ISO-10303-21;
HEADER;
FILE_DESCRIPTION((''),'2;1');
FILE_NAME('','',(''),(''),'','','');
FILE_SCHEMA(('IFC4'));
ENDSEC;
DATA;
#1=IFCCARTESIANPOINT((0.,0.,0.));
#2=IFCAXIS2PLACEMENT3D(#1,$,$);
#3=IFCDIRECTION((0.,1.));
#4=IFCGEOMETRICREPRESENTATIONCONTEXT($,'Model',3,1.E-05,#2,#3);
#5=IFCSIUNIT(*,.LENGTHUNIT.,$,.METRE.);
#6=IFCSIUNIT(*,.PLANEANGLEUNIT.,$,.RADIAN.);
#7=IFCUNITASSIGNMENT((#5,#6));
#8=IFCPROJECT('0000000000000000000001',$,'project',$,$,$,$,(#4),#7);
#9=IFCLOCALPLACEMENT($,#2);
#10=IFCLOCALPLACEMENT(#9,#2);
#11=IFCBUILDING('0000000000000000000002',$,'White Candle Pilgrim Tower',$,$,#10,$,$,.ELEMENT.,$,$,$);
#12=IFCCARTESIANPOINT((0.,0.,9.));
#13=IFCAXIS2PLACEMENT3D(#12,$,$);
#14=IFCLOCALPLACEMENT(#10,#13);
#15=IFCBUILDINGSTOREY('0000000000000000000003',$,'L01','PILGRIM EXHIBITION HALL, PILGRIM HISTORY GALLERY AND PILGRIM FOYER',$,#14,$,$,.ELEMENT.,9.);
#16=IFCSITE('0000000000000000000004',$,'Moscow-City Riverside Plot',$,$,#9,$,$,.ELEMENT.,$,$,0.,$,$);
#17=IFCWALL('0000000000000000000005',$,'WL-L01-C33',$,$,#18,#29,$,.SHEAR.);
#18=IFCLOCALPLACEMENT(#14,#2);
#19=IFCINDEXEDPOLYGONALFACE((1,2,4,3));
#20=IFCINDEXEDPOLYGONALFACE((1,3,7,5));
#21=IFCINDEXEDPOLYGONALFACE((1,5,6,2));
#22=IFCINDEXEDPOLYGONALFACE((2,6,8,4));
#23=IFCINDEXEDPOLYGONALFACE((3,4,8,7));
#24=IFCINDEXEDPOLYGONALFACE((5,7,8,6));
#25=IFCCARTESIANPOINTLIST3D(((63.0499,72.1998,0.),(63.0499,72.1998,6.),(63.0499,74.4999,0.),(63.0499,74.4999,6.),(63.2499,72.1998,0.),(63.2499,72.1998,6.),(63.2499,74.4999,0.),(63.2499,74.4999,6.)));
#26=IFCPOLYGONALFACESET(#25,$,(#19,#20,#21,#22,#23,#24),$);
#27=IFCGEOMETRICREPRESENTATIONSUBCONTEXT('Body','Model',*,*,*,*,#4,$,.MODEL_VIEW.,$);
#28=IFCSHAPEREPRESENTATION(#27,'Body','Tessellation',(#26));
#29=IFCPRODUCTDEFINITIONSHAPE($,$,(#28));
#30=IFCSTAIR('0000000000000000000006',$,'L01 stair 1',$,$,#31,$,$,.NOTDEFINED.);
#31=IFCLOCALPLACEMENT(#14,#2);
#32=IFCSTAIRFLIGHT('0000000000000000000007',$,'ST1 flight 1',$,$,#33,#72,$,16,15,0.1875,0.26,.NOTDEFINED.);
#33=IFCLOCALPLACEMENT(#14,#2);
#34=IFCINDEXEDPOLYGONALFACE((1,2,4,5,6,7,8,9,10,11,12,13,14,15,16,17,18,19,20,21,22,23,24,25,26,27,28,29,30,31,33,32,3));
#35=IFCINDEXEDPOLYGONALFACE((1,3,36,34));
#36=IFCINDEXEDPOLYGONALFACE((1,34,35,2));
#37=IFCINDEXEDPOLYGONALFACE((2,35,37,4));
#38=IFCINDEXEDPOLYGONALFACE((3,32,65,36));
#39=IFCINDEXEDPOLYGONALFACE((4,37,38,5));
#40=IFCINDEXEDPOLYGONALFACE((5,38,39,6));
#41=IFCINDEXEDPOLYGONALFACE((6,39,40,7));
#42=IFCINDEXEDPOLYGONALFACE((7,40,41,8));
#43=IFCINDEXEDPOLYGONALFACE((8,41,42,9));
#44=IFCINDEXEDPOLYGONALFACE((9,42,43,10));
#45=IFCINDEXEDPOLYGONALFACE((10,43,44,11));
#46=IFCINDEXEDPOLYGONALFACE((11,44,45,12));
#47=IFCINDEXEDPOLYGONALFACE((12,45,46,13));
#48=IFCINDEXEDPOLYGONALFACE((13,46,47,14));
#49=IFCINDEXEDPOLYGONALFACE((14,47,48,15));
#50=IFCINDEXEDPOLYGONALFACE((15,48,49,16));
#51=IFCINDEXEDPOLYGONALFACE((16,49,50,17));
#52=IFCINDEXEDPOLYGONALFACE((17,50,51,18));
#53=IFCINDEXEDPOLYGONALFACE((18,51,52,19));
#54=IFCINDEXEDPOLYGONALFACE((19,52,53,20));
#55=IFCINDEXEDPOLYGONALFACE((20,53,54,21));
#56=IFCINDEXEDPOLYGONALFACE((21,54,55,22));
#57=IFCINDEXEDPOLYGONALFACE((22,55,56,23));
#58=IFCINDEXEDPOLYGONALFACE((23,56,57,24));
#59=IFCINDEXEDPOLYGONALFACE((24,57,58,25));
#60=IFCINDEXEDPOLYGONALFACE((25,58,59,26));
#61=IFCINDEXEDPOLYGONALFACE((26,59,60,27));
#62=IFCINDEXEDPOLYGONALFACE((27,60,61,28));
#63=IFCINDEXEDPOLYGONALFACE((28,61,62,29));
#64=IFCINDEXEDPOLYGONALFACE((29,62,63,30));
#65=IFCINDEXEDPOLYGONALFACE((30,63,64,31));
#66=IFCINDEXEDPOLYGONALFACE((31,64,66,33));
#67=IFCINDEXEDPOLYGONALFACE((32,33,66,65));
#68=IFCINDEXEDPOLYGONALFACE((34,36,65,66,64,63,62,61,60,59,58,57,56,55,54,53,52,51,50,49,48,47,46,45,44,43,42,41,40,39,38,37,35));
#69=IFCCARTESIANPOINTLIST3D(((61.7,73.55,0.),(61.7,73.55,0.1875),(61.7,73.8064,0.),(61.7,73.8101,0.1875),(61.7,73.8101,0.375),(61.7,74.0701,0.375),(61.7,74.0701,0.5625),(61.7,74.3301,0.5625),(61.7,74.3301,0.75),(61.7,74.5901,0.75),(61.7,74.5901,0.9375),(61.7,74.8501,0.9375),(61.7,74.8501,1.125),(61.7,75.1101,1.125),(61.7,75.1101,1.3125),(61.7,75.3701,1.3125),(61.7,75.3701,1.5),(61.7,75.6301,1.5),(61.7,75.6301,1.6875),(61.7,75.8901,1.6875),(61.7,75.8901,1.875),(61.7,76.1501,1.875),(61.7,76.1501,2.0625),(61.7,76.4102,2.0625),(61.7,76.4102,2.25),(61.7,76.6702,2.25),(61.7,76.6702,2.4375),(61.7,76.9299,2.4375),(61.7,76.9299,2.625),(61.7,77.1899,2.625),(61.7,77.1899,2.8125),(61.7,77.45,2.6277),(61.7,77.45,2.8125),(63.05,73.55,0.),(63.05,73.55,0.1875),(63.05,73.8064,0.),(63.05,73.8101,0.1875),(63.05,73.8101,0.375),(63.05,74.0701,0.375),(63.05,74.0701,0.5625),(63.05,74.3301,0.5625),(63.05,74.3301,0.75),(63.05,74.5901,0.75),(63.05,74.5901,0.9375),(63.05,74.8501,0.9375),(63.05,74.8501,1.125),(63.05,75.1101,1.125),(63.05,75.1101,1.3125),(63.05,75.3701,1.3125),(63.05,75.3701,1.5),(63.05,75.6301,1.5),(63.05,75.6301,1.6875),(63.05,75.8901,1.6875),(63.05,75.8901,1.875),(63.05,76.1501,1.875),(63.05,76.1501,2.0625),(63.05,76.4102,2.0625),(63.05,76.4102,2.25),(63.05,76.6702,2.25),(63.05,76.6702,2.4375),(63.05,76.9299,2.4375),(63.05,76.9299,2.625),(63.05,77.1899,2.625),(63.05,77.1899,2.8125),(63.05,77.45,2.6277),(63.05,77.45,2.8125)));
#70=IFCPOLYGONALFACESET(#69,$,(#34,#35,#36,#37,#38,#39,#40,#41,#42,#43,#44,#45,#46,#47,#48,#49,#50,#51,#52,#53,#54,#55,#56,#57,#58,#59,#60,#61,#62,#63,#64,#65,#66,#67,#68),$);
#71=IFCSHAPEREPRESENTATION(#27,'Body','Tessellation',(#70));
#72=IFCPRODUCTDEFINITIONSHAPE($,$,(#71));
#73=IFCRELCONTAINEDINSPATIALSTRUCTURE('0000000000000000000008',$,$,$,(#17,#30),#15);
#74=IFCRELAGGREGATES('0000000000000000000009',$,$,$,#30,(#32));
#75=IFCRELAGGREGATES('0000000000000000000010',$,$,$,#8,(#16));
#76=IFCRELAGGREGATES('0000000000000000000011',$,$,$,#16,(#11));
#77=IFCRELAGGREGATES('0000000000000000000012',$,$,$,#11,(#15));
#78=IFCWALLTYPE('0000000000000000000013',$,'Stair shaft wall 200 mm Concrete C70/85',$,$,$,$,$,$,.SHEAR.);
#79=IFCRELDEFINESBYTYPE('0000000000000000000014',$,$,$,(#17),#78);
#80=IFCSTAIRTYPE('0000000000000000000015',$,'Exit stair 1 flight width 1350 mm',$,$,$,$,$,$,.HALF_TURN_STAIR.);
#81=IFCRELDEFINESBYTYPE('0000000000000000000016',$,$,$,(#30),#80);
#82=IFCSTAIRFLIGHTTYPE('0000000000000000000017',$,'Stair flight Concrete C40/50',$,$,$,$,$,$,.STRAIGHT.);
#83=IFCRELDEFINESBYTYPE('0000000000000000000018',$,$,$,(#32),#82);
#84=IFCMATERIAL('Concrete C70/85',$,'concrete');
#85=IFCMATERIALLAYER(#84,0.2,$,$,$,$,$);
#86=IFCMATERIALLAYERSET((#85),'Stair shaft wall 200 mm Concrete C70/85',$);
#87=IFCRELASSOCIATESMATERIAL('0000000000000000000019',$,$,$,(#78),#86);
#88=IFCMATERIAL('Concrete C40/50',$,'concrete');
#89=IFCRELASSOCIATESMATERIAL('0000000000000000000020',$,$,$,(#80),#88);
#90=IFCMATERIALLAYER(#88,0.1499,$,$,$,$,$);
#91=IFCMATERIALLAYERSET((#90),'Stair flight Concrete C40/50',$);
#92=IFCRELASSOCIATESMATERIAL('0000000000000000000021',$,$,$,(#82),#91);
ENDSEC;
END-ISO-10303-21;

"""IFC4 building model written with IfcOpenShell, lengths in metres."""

from ifc_helpers import new_model, si_unit, direction, frame, frame_2d, origin, place, context, subcontext, project, spatial, polyline, rectangle, outline, extrude, material, layer, layer_set, type_object, element, aggregate, save


model = new_model("IFC4")

# Units and contexts
model_context = context("Model", 3, precision=1e-05, world=origin(), true_north=direction((0.0, 1.0)))
body_context = subcontext(model_context, "Body", "Model", "MODEL_VIEW")
ifc_project = project(units=[si_unit("LENGTHUNIT", "METRE"), si_unit("PLANEANGLEUNIT", "RADIAN")], contexts=[model_context])

# Site, building, storey
site_placement = place(None, origin())
site = spatial("IfcSite", under=ifc_project, at=site_placement, Name="Moscow-City Riverside Plot", CompositionType="ELEMENT", RefElevation=0.0)
building_placement = place(site_placement, origin())
building = spatial("IfcBuilding", under=site, at=building_placement, Name="White Candle Pilgrim Tower", CompositionType="ELEMENT")
storey_placement = place(building_placement, frame((0.0, 0.0, 9.0)))
storey = spatial("IfcBuildingStorey", under=building, at=storey_placement, Name="L01", Description="PILGRIM EXHIBITION HALL, PILGRIM HISTORY GALLERY AND PILGRIM FOYER", CompositionType="ELEMENT", Elevation=9.0)

# Shared definitions
ifc_material_1 = material(Name="Concrete C70/85", Category="concrete")

# Wall
ifc_layer_1 = layer(ifc_material_1, 0.2)
ifc_layer_set_1 = layer_set([ifc_layer_1], Name="Stair shaft wall 200 mm Concrete C70/85")
wall_type_1 = type_object("IfcWallType", Name="Stair shaft wall 200 mm Concrete C70/85", PredefinedType="SHEAR", material=ifc_layer_set_1)
wall_1_placement = place(storey_placement, frame((63.1499, 72.2, 0.0), z_axis=(0.0, 0.0, 1.0), x_axis=(0.0, 1.0, 0.0)))
element("IfcWall", 1, at=wall_1_placement, inside=storey, type_object=wall_type_1, Name="WL-L01-C33", PredefinedType="SHEAR", context=body_context, shape_type="SweptSolid", body=[
    extrude(rectangle(XDim=2.3, YDim=0.2, at=frame_2d((1.1499, 0.0))), origin(), (0.0, 0.0, 1.0), 6.0),
])

# Stair, stair flight
ifc_material_2 = material(Name="Concrete C40/50", Category="concrete")
stair_type = type_object("IfcStairType", Name="Exit stair 1 flight width 1350 mm", PredefinedType="HALF_TURN_STAIR", material=ifc_material_2)
stair_placement = place(storey_placement, origin())
stair = element("IfcStair", 2, at=stair_placement, inside=storey, type_object=stair_type, Name="L01 stair 1", PredefinedType="NOTDEFINED")
ifc_layer_2 = layer(ifc_material_2, 0.1499)
ifc_layer_set_2 = layer_set([ifc_layer_2], Name="Stair flight Concrete C40/50")
stair_flight_type = type_object("IfcStairFlightType", Name="Stair flight Concrete C40/50", PredefinedType="STRAIGHT", material=ifc_layer_set_2)
stair_flight_placement = place(storey_placement, frame((62.375, 73.55, 0.0), z_axis=(0.0, 0.0, 1.0), x_axis=(0.0, 1.0, 0.0)))
stair_flight = element("IfcStairFlight", 3, at=stair_flight_placement, type_object=stair_flight_type, Name="ST1 flight 1", NumberOfRisers=16, NumberOfTreads=15, PredefinedType="NOTDEFINED", RiserHeight=0.1875, TreadLength=0.26, context=body_context, shape_type="SweptSolid", body=[
    extrude(outline(polyline([(0.0, 0.0), (0.0, 0.1875), (0.26, 0.1875), (0.26, 0.375), (0.52, 0.375), (0.52, 0.5625), (0.78, 0.5625), (0.78, 0.75), (1.04, 0.75), (1.04, 0.9375), (1.3, 0.9375), (1.3, 1.125), (1.5601, 1.125), (1.5601, 1.3125), (1.8201, 1.3125), (1.8201, 1.5), (2.0801, 1.5), (2.0801, 1.6875), (2.3401, 1.6875), (2.3401, 1.875), (2.6001, 1.875), (2.6001, 2.0625), (2.8601, 2.0625), (2.8601, 2.25), (3.1201, 2.25), (3.1201, 2.4375), (3.3799, 2.4375), (3.3799, 2.625), (3.6399, 2.625), (3.6399, 2.8125), (3.8999, 2.8125), (3.8999, 3.0), (3.8999, 2.6277), (0.2563, 0.0), (0.0, 0.0)])), frame((0.0, 0.675, 0.0), z_axis=(0.0, -1.0, 0.0), x_axis=(1.0, 0.0, 0.0)), (0.0, 0.0, 1.0), 1.3501),
])
aggregate(stair, [stair_flight])

save(model, "model.ifc")
